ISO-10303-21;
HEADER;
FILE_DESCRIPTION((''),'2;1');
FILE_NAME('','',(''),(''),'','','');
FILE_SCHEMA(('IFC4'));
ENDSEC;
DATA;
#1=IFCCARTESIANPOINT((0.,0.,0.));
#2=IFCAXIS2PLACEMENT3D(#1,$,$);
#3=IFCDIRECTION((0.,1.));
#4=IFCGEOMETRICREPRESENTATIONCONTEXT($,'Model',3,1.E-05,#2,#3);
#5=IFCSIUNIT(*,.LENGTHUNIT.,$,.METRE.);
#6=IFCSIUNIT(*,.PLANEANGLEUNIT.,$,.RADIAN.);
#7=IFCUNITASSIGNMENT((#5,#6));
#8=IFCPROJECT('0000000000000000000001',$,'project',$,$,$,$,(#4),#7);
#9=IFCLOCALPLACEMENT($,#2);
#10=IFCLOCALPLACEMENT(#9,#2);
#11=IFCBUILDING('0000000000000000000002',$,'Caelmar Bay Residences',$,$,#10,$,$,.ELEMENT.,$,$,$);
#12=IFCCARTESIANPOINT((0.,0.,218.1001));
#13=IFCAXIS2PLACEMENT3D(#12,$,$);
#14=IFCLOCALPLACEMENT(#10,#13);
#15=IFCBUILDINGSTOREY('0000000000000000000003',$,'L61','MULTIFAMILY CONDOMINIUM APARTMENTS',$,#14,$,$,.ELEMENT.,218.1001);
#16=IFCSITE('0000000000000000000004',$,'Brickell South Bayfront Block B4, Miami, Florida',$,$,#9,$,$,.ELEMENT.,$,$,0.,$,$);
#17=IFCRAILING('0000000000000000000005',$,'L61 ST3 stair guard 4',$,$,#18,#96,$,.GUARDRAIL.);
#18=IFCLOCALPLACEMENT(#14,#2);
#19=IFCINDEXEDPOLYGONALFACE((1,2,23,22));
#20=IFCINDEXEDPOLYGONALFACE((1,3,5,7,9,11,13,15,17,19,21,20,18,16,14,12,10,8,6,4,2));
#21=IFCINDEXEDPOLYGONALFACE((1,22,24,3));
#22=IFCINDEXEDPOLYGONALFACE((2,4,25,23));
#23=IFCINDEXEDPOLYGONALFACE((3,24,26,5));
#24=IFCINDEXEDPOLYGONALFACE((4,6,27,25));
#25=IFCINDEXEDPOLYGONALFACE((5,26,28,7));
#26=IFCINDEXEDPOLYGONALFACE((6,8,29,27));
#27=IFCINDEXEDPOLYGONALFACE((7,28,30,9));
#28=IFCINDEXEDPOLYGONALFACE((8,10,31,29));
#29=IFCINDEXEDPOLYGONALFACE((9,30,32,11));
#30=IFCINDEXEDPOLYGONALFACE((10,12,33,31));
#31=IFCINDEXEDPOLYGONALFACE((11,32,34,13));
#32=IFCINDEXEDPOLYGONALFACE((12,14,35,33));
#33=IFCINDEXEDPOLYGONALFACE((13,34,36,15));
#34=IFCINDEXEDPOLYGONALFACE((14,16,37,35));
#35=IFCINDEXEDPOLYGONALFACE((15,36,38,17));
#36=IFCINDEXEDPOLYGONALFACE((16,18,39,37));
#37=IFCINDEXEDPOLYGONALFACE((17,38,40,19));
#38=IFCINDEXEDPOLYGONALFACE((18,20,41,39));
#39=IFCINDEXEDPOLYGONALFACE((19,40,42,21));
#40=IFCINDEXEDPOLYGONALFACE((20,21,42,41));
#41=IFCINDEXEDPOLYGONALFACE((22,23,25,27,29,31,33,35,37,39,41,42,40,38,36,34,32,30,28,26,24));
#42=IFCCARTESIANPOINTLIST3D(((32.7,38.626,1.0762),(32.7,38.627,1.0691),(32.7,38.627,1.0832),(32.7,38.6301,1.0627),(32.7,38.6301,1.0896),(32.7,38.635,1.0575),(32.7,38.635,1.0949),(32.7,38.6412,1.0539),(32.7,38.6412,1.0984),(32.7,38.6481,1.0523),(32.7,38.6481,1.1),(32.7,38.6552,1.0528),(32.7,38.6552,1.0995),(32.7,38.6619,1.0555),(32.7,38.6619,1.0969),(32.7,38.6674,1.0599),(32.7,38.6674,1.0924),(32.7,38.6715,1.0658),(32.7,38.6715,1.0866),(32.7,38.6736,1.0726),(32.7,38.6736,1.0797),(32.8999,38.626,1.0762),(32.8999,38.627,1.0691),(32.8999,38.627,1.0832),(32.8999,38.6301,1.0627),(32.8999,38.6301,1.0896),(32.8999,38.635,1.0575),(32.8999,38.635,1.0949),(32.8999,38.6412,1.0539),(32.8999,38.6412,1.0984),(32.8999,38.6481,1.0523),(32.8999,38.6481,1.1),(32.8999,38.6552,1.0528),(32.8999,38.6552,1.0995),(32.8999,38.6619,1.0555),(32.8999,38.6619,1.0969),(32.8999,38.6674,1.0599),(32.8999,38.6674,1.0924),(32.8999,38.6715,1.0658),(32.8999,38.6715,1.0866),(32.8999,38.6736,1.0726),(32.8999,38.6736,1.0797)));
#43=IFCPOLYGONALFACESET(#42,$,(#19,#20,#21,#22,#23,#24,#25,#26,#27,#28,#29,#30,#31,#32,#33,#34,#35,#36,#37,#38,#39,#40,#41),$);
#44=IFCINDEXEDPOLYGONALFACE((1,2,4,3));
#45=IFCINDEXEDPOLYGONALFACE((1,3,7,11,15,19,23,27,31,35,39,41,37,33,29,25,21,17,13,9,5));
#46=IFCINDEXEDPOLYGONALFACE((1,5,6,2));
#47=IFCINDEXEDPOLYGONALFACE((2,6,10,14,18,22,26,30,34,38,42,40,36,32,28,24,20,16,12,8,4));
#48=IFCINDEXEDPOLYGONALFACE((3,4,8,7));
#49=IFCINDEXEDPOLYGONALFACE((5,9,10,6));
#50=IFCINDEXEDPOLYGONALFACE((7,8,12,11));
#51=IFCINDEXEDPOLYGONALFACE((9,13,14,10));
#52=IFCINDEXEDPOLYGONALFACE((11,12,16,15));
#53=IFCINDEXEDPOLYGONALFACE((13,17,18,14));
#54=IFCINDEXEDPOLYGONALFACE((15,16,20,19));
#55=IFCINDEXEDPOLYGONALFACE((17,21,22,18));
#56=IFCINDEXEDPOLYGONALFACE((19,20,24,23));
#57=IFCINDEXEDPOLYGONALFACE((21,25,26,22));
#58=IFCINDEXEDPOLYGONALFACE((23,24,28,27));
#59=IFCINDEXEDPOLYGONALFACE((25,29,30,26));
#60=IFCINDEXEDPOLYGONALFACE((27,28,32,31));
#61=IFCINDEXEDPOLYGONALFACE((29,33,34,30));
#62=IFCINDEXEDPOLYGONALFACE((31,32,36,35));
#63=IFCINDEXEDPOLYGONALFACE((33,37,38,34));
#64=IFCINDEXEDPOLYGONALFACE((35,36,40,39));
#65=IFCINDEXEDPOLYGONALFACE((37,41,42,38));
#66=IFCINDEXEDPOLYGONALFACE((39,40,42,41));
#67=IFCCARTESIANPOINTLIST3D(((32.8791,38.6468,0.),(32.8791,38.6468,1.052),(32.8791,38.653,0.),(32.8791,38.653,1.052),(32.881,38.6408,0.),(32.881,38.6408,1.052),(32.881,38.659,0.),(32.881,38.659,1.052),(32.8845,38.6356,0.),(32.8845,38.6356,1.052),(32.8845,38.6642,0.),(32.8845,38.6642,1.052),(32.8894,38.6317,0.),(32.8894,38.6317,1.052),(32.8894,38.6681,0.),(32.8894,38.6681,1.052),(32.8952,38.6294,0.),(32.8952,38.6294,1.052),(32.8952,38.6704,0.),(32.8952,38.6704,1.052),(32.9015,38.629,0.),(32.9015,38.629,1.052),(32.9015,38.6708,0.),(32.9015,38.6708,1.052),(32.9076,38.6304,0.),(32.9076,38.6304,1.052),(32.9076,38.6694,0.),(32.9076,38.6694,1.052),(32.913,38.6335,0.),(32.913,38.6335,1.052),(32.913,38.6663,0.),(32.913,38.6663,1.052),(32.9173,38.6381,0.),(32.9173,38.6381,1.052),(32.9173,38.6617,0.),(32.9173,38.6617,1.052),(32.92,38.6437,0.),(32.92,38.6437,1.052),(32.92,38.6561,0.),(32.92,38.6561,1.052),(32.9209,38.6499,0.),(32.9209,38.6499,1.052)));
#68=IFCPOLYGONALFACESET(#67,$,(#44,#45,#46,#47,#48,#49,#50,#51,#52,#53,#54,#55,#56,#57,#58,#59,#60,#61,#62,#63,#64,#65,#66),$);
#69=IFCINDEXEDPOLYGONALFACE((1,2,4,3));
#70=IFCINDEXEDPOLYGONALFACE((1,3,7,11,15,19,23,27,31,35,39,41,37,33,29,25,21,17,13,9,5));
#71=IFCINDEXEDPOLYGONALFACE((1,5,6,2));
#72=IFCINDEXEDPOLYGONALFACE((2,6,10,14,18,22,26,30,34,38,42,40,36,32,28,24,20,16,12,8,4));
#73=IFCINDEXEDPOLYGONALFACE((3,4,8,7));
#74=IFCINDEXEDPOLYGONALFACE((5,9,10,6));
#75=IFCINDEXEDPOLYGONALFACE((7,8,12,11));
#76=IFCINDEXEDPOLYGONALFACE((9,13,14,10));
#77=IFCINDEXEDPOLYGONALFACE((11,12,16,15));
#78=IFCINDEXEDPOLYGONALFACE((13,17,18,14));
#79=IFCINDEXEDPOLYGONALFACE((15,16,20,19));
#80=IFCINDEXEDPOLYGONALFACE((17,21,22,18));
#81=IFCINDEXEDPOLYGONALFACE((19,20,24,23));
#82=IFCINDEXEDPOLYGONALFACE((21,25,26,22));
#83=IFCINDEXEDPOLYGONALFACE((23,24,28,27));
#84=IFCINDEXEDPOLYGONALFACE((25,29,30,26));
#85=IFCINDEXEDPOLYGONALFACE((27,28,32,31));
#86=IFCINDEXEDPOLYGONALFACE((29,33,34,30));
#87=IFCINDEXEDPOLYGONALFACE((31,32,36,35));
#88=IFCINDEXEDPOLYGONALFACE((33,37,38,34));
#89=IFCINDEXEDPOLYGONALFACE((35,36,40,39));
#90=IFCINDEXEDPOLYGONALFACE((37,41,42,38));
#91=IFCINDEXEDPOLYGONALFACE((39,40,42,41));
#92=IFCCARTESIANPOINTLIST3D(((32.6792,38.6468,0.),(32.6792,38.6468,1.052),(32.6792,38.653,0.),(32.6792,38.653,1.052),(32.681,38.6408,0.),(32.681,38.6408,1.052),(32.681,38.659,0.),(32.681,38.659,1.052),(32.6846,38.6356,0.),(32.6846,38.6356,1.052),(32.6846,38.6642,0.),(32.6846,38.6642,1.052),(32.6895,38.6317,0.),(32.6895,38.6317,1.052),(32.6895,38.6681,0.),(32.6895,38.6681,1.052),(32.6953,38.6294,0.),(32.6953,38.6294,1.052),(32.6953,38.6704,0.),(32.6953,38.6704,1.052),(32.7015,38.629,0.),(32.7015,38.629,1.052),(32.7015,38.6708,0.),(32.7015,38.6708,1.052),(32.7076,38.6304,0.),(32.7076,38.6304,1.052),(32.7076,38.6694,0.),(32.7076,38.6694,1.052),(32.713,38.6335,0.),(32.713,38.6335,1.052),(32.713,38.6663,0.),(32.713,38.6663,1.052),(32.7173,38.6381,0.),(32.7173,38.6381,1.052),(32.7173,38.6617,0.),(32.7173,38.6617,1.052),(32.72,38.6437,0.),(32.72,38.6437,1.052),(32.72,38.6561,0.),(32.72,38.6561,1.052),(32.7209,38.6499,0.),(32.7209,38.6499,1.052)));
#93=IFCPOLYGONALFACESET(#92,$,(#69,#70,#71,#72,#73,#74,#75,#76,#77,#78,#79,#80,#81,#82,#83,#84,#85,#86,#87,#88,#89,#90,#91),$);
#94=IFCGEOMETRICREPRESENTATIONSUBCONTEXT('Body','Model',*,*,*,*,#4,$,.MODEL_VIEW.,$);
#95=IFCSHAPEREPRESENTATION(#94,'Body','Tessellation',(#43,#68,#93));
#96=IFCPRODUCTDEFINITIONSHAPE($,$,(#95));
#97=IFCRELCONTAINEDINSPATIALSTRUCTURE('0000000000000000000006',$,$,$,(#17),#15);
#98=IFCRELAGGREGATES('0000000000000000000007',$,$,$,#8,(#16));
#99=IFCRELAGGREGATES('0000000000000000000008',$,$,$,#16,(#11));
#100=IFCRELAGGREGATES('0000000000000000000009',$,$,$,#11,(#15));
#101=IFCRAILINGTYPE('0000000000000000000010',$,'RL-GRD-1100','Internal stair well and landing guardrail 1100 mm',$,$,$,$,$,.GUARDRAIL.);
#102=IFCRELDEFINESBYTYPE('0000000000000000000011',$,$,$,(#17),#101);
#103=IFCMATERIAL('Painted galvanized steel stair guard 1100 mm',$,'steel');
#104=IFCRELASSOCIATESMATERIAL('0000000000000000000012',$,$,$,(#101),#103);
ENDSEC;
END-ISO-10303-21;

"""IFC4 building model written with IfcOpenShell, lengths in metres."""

from ifc_helpers import new_model, si_unit, direction, frame, origin, origin_2d, place, context, subcontext, project, spatial, circle, extrude, material, type_object, element, save


model = new_model("IFC4")

# Units and contexts
model_context = context("Model", 3, precision=1e-05, world=origin(), true_north=direction((0.0, 1.0)))
body_context = subcontext(model_context, "Body", "Model", "MODEL_VIEW")
ifc_project = project(units=[si_unit("LENGTHUNIT", "METRE"), si_unit("PLANEANGLEUNIT", "RADIAN")], contexts=[model_context])

# Site, building, storey
site_placement = place(None, origin())
site = spatial("IfcSite", under=ifc_project, at=site_placement, Name="Brickell South Bayfront Block B4, Miami, Florida", CompositionType="ELEMENT", RefElevation=0.0)
building_placement = place(site_placement, origin())
building = spatial("IfcBuilding", under=site, at=building_placement, Name="Caelmar Bay Residences", CompositionType="ELEMENT")
storey_placement = place(building_placement, frame((0.0, 0.0, 218.1001)))
storey = spatial("IfcBuildingStorey", under=building, at=storey_placement, Name="L61", Description="MULTIFAMILY CONDOMINIUM APARTMENTS", CompositionType="ELEMENT", Elevation=218.1001)

# Railing
ifc_material_1 = material(Name="Painted galvanized steel stair guard 1100 mm", Category="steel")
railing_type_1 = type_object("IfcRailingType", Name="RL-GRD-1100", Description="Internal stair well and landing guardrail 1100 mm", PredefinedType="GUARDRAIL", material=ifc_material_1)
railing_1_placement = place(storey_placement, frame((32.8999, 38.6499, 0.0)))
element("IfcRailing", 1, at=railing_1_placement, inside=storey, type_object=railing_type_1, Name="L61 ST3 stair guard 4", PredefinedType="GUARDRAIL", context=body_context, shape_type="SweptSolid", body=[
    extrude(circle(Radius=0.0239, at=origin_2d()), frame((0.0, 0.0, 1.0762), z_axis=(-1.0, 0.0, 0.0), x_axis=(0.0, -1.0, 0.0)), (0.0, 0.0, 1.0), 0.2),
    extrude(circle(Radius=0.021, at=origin_2d()), origin(), (0.0, 0.0, 1.0), 1.052),
    extrude(circle(Radius=0.021, at=origin_2d()), frame((-0.2, 0.0, 0.0)), (0.0, 0.0, 1.0), 1.052),
])

save(model, "model.ifc")
